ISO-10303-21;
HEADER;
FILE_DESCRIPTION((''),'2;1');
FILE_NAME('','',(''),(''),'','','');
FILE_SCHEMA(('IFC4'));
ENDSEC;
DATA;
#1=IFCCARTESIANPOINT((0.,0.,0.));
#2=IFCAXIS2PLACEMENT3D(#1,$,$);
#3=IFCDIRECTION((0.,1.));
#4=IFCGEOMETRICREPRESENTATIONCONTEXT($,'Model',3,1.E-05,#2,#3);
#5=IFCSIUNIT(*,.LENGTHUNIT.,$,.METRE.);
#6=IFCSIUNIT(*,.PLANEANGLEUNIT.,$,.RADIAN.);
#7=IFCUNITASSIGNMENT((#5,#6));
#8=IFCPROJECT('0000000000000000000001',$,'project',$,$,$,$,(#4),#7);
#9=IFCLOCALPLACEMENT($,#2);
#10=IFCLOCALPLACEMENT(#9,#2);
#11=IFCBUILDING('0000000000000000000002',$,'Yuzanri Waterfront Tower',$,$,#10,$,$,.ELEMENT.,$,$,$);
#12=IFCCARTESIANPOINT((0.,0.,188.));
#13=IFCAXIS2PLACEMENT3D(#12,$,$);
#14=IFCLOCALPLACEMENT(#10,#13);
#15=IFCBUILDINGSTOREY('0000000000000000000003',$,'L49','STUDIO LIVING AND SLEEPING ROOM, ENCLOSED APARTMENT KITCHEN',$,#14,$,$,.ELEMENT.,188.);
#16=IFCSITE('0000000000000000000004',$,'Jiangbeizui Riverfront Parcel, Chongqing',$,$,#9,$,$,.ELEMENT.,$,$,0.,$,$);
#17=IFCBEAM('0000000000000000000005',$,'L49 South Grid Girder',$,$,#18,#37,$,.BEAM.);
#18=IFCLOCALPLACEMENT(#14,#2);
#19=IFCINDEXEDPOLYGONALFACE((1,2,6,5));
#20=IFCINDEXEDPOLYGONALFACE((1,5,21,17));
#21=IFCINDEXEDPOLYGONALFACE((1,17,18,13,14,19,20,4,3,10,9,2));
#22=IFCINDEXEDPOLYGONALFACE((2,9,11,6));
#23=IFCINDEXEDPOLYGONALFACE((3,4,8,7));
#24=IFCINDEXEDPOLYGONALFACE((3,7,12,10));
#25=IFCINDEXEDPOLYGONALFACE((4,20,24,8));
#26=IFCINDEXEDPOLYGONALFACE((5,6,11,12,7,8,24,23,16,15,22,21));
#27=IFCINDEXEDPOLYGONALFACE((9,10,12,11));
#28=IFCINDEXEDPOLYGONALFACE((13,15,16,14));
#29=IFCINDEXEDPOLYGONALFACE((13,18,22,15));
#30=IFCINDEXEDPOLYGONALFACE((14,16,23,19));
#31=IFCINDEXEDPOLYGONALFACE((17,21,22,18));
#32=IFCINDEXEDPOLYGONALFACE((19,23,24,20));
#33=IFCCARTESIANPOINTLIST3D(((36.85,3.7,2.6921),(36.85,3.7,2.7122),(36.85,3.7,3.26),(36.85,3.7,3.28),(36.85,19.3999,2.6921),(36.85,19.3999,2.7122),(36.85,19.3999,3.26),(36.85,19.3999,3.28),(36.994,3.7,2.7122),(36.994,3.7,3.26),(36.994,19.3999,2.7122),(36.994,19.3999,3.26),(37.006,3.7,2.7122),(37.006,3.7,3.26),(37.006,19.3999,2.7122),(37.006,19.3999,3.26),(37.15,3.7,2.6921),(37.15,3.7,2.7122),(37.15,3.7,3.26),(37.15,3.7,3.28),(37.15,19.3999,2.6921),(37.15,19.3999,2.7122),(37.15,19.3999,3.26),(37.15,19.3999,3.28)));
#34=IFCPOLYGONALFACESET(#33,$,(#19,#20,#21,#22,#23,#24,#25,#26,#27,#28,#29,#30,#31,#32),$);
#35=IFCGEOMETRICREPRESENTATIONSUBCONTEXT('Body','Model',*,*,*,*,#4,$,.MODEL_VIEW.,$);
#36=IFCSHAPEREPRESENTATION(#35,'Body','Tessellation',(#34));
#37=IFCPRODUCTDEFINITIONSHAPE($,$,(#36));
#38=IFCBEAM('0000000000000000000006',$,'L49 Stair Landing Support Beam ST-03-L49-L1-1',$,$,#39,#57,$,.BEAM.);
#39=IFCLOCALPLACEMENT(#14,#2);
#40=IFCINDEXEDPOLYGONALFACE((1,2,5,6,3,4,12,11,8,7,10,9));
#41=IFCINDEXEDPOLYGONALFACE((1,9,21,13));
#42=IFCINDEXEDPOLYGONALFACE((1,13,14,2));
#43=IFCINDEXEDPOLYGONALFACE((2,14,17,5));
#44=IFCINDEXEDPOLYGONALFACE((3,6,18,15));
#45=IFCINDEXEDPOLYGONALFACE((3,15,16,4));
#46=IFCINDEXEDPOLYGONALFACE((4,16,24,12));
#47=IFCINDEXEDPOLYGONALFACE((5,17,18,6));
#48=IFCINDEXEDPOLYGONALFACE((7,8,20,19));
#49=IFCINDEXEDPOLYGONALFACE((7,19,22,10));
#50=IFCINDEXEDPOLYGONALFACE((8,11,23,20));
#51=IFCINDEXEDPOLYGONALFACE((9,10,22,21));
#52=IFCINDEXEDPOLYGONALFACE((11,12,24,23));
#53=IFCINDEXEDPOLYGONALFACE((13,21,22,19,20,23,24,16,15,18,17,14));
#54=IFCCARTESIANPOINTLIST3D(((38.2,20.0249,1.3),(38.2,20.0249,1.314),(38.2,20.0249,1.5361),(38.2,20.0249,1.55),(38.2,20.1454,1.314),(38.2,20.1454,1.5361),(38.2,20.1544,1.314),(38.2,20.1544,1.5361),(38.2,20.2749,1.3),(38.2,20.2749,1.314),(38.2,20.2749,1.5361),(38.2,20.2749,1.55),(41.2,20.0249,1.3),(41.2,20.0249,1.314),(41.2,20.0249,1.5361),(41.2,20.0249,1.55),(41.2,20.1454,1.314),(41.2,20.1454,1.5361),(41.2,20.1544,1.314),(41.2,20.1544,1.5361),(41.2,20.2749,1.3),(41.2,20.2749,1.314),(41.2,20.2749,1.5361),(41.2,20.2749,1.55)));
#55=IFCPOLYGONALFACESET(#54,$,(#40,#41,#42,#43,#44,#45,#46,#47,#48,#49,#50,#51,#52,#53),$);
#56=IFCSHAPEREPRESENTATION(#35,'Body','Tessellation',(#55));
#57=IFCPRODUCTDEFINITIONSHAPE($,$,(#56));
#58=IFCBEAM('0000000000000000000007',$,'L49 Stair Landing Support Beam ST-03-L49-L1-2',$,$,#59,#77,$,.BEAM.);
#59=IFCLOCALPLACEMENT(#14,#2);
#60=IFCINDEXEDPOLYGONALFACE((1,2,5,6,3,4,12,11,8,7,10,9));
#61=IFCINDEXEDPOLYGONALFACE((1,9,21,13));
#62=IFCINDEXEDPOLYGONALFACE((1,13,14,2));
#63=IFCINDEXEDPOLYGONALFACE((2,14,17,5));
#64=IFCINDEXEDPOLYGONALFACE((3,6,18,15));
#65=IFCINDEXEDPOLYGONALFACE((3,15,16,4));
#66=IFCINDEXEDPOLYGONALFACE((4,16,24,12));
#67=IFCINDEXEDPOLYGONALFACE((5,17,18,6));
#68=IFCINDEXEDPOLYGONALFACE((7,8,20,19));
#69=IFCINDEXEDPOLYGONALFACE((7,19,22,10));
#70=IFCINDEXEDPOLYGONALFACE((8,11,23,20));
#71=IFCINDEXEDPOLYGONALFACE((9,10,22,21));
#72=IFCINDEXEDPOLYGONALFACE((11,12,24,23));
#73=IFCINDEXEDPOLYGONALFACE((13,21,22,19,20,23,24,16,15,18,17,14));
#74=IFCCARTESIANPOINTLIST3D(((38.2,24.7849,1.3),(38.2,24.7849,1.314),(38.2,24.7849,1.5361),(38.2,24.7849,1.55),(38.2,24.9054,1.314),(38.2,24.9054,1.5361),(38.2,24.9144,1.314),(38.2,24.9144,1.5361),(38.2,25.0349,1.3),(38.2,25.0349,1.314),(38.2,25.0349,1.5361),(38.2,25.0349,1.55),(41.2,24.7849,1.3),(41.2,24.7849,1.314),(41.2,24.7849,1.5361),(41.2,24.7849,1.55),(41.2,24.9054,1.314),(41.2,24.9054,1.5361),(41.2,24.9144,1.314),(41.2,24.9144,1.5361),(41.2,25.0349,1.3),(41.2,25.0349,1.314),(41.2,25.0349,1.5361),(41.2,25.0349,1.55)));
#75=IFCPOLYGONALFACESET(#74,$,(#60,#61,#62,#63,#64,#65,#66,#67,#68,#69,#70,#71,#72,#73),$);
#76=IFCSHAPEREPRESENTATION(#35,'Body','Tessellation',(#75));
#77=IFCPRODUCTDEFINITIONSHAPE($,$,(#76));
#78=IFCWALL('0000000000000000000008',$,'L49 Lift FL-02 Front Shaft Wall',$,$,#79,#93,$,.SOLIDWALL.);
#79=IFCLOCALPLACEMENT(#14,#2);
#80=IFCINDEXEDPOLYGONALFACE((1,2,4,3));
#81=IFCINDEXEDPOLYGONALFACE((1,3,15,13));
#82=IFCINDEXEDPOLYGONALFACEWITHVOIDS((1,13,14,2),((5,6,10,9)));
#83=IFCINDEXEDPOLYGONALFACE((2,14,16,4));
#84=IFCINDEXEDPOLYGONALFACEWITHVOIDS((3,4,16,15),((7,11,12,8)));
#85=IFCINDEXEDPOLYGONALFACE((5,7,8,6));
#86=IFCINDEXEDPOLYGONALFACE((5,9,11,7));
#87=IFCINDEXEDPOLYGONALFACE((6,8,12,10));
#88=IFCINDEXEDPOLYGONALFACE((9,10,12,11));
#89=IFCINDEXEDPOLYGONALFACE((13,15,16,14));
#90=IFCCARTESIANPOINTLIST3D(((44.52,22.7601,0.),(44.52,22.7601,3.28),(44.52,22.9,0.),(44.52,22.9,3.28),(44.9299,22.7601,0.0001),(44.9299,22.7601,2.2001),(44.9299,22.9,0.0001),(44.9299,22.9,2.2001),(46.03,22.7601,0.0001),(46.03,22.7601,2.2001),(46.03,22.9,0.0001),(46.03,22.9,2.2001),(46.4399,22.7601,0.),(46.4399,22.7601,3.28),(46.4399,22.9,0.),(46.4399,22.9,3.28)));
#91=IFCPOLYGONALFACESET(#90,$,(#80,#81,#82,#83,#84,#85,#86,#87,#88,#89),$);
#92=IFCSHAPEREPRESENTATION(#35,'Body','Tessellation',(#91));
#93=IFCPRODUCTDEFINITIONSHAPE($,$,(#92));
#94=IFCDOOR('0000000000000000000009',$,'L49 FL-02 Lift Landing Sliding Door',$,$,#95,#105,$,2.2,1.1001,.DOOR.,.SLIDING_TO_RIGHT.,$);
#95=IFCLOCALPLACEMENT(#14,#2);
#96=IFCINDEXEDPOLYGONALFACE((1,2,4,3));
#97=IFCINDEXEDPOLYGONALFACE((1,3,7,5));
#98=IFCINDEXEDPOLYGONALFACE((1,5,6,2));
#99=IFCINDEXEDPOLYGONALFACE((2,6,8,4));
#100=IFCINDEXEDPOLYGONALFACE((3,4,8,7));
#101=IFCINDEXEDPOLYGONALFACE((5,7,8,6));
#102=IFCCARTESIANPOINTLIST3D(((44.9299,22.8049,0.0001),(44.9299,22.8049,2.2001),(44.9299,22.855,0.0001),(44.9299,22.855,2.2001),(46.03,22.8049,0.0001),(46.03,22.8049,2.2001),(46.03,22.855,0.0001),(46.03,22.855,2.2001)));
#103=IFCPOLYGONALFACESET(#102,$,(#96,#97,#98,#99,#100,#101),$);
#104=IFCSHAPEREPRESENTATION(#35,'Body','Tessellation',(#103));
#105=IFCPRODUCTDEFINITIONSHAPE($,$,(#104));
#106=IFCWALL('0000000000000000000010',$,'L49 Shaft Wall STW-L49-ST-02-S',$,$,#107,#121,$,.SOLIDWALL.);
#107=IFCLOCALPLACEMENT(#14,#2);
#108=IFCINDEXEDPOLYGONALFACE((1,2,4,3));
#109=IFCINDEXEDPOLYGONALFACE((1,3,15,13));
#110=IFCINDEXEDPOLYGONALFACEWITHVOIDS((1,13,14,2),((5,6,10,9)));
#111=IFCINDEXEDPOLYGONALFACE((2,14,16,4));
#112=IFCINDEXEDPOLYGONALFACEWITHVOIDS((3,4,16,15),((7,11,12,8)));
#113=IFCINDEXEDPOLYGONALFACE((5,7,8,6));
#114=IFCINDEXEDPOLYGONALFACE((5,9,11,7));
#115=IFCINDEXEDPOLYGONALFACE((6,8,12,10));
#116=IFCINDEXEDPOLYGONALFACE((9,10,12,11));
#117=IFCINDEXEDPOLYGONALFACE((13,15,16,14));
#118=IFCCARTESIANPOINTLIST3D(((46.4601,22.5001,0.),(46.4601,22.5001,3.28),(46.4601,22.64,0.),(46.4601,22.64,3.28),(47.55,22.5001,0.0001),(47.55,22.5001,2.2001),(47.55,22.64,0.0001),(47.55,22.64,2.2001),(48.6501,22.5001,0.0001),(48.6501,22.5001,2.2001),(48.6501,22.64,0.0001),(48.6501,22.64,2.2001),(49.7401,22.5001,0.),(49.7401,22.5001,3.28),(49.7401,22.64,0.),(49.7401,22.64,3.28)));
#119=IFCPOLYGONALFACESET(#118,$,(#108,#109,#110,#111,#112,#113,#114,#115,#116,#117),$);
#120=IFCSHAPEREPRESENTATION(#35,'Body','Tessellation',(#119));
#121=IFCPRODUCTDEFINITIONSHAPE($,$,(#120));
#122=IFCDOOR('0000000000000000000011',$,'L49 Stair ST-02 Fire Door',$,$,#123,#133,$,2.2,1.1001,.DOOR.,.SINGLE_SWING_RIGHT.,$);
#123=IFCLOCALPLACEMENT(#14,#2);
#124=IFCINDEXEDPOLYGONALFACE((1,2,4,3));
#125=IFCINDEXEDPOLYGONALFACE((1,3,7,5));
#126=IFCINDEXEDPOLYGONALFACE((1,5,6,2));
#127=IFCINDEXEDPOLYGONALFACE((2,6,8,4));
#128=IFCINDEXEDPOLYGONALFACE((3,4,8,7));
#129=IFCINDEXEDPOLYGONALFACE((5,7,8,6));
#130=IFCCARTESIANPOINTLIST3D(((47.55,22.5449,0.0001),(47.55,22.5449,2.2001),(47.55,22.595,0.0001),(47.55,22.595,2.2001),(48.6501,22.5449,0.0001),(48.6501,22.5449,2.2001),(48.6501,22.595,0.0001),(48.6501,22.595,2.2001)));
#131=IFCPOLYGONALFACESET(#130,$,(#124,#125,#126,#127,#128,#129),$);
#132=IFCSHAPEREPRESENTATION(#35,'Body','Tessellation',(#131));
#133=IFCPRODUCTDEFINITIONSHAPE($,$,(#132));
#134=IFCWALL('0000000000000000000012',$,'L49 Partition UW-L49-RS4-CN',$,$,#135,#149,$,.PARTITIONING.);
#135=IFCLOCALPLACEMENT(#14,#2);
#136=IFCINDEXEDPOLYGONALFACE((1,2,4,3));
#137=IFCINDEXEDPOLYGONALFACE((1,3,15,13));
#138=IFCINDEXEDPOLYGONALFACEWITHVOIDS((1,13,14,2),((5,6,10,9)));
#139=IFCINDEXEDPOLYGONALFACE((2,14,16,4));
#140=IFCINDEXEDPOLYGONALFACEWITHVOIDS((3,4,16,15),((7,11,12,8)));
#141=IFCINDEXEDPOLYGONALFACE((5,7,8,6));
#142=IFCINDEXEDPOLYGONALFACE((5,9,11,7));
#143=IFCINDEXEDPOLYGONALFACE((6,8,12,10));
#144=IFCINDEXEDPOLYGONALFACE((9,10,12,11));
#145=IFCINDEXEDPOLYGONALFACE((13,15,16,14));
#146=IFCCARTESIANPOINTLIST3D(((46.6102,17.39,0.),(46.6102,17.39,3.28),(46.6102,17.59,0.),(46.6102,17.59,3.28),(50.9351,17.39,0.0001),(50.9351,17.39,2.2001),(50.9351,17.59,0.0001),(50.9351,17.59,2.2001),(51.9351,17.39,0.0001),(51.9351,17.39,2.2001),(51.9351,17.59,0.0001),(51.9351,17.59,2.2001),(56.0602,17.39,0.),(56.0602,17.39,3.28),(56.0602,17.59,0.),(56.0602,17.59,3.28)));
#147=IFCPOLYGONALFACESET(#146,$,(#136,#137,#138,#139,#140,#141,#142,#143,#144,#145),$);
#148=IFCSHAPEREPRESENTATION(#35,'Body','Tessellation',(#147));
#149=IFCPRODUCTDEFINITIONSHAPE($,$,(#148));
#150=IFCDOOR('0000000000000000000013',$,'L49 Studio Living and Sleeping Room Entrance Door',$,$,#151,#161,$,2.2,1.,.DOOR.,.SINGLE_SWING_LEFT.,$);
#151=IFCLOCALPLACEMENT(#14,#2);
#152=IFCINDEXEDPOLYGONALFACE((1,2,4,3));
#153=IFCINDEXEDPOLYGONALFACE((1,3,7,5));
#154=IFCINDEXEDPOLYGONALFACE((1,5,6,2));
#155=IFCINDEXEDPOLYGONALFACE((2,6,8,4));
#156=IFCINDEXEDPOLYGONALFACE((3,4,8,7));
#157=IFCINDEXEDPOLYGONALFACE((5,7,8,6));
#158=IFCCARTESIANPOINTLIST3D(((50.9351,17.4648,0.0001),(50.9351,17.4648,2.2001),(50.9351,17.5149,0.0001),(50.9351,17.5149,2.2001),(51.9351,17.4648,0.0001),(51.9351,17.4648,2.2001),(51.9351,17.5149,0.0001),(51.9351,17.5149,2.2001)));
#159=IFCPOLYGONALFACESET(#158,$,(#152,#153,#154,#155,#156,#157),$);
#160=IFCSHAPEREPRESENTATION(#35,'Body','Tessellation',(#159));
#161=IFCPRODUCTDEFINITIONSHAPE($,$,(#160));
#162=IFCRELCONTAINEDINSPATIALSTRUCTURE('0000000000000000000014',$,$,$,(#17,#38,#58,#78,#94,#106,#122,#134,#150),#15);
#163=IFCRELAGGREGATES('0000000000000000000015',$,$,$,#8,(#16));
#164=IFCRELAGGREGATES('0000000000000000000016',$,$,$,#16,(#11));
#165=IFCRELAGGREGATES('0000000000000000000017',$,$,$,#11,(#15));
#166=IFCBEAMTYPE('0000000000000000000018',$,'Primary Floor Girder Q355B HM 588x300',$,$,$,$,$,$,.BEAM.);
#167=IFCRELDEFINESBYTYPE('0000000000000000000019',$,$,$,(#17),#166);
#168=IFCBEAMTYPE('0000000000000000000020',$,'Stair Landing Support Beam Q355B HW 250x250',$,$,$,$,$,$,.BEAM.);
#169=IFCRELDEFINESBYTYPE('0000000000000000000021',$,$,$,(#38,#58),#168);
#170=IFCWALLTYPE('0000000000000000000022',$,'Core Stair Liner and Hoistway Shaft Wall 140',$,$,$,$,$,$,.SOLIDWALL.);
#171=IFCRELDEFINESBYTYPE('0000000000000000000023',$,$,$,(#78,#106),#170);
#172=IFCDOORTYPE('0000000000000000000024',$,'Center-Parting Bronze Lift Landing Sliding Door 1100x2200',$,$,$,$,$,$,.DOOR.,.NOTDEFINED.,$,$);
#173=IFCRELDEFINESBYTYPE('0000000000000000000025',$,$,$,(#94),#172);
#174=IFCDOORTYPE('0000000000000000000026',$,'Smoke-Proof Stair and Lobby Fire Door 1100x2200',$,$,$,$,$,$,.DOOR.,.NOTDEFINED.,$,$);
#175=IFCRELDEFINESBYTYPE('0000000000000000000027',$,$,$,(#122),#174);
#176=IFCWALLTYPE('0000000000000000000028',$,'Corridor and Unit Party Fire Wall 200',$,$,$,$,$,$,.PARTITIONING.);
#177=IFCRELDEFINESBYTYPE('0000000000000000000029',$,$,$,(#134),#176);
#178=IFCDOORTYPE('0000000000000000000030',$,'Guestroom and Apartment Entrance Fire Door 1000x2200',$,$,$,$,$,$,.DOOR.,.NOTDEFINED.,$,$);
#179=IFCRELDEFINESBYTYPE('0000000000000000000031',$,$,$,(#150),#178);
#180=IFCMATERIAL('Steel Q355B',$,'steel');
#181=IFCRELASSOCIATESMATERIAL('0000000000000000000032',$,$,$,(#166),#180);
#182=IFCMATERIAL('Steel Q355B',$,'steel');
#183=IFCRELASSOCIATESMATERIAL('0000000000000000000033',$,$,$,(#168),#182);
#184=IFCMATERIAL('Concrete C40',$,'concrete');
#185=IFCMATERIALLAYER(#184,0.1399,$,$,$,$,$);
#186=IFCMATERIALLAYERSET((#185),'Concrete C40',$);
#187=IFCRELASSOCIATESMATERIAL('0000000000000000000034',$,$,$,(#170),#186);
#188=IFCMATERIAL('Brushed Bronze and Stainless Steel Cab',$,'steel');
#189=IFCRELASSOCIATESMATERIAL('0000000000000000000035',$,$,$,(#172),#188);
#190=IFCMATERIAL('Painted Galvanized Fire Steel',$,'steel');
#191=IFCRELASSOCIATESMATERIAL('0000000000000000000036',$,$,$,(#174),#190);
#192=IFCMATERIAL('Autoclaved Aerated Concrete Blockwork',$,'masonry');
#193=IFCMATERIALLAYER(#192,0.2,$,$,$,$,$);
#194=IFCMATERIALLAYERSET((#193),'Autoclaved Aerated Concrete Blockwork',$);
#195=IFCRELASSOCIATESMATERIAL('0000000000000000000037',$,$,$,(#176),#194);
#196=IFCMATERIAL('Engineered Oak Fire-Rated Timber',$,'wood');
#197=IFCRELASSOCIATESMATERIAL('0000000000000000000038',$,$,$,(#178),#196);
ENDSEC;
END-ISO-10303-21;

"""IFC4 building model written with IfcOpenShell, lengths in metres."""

from ifc_helpers import new_model, si_unit, direction, frame, frame_2d, origin, origin_2d, place, context, subcontext, project, spatial, rectangle, i_section, extrude, source, transform, mapped, material, layer, layer_set, material_profile, profile_set, type_object, element, fill, save


model = new_model("IFC4")

# Units and contexts
model_context = context("Model", 3, precision=1e-05, world=origin(), true_north=direction((0.0, 1.0)))
body_context = subcontext(model_context, "Body", "Model", "MODEL_VIEW")
ifc_project = project(units=[si_unit("LENGTHUNIT", "METRE"), si_unit("PLANEANGLEUNIT", "RADIAN")], contexts=[model_context])

# Site, building, storey
site_placement = place(None, origin())
site = spatial("IfcSite", under=ifc_project, at=site_placement, Name="Jiangbeizui Riverfront Parcel, Chongqing", CompositionType="ELEMENT", RefElevation=0.0)
building_placement = place(site_placement, origin())
building = spatial("IfcBuilding", under=site, at=building_placement, Name="Yuzanri Waterfront Tower", CompositionType="ELEMENT")
storey_placement = place(building_placement, frame((0.0, 0.0, 188.0)))
storey = spatial("IfcBuildingStorey", under=building, at=storey_placement, Name="L49", Description="STUDIO LIVING AND SLEEPING ROOM, ENCLOSED APARTMENT KITCHEN", CompositionType="ELEMENT", Elevation=188.0)

# Beams
ifc_material_1 = material(Name="Steel Q355B", Category="steel")
ifc_material_profile_1 = material_profile(ifc_material_1, i_section(OverallWidth=0.3, OverallDepth=0.5879, WebThickness=0.012, FlangeThickness=0.02, at=origin_2d()), Name="HM 588x300x12x20")
ifc_profile_set_1 = profile_set([ifc_material_profile_1], Name="Steel Q355B")
beam_type_1 = type_object("IfcBeamType", Name="Primary Floor Girder Q355B HM 588x300", PredefinedType="BEAM", material=ifc_profile_set_1)
shared_shape_1 = source(origin(), body_context, "Body", "SweptSolid", [
    extrude(i_section(OverallWidth=0.3, OverallDepth=0.5879, WebThickness=0.012, FlangeThickness=0.02, at=origin_2d()), origin(), (0.0, 0.0, 1.0), 15.7),
])
beam_placement = place(storey_placement, frame((37.0, 19.3999, 2.9861), z_axis=(0.0, -1.0, 0.0), x_axis=(1.0, 0.0, 0.0)))
element("IfcBeam", 1, at=beam_placement, inside=storey, type_object=beam_type_1, Name="L49 South Grid Girder", PredefinedType="BEAM", context=body_context, shape_type="MappedRepresentation", body=[
    mapped(shared_shape_1, transform((0.0, 0.0, 0.0), scale=1.0)),
])
ifc_material_2 = material(Name="Steel Q355B", Category="steel")
ifc_material_profile_2 = material_profile(ifc_material_2, i_section(OverallWidth=0.25, OverallDepth=0.25, WebThickness=0.009, FlangeThickness=0.0139, at=origin_2d()), Name="HW 250x250x9x14")
ifc_profile_set_2 = profile_set([ifc_material_profile_2], Name="Steel Q355B")
beam_type_2 = type_object("IfcBeamType", Name="Stair Landing Support Beam Q355B HW 250x250", PredefinedType="BEAM", material=ifc_profile_set_2)
shared_shape_2 = source(origin(), body_context, "Body", "SweptSolid", [
    extrude(i_section(OverallWidth=0.25, OverallDepth=0.25, WebThickness=0.009, FlangeThickness=0.0139, at=origin_2d()), origin(), (0.0, 0.0, 1.0), 3.0),
])
for number, where, z_axis, x_axis, name in (
    (2, (38.2, 20.1499, 1.425), (1.0, 0.0, 0.0), (0.0, 1.0, 0.0), "L49 Stair Landing Support Beam ST-03-L49-L1-1"),
    (3, (38.2, 24.9099, 1.425), (1.0, 0.0, 0.0), (0.0, 1.0, 0.0), "L49 Stair Landing Support Beam ST-03-L49-L1-2"),
):
    element("IfcBeam", number, at=place(storey_placement, frame(where, z_axis=z_axis, x_axis=x_axis)), inside=storey, type_object=beam_type_2, Name=name, PredefinedType="BEAM", context=body_context, shape_type="MappedRepresentation", body=[
        mapped(shared_shape_2, transform((0.0, 0.0, 0.0), scale=1.0)),
    ])

# Walls, openings, doors
ifc_material_3 = material(Name="Concrete C40", Category="concrete")
ifc_layer_1 = layer(ifc_material_3, 0.1399)
ifc_layer_set_1 = layer_set([ifc_layer_1], Name="Concrete C40")
wall_type_1 = type_object("IfcWallType", Name="Core Stair Liner and Hoistway Shaft Wall 140", PredefinedType="SOLIDWALL", material=ifc_layer_set_1)
wall_1_placement = place(storey_placement, frame((44.52, 22.8301, 0.0), z_axis=(0.0, 0.0, 1.0), x_axis=(1.0, 0.0, 0.0)))
wall_1 = element("IfcWall", 4, at=wall_1_placement, inside=storey, type_object=wall_type_1, Name="L49 Lift FL-02 Front Shaft Wall", PredefinedType="SOLIDWALL", context=body_context, shape_type="SweptSolid", body=[
    extrude(rectangle(XDim=1.9199, YDim=0.1399, at=frame_2d((0.96, 0.0))), origin(), (0.0, 0.0, 1.0), 3.28),
])
opening_1_placement = place(wall_1_placement, frame((0.4099, 0.0, 0.0)))
opening_1 = element("IfcOpeningElement", 5, at=opening_1_placement, cuts=wall_1, PredefinedType="OPENING", context=body_context, shape_type="SweptSolid", body=[
    extrude(rectangle(XDim=1.1001, YDim=2.2, at=frame_2d((0.55, 1.1001))), frame((0.0, 0.085, 0.0), z_axis=(0.0, -1.0, 0.0), x_axis=(1.0, 0.0, 0.0)), (0.0, 0.0, 1.0), 0.1697),
])
ifc_material_4 = material(Name="Brushed Bronze and Stainless Steel Cab", Category="steel")
door_type_1 = type_object("IfcDoorType", Name="Center-Parting Bronze Lift Landing Sliding Door 1100x2200", OperationType="NOTDEFINED", PredefinedType="DOOR", material=ifc_material_4)
shared_shape_3 = source(origin(), body_context, "Body", "SweptSolid", [
    extrude(rectangle(XDim=1.1001, YDim=2.2, at=frame_2d((0.55, 1.1001))), frame((0.0, 0.0249, 0.0), z_axis=(0.0, -1.0, 0.0), x_axis=(1.0, 0.0, 0.0)), (0.0, 0.0, 1.0), 0.05),
])
door_1_placement = place(opening_1_placement, origin())
door_1 = element("IfcDoor", 6, at=door_1_placement, inside=storey, type_object=door_type_1, Name="L49 FL-02 Lift Landing Sliding Door", OperationType="SLIDING_TO_RIGHT", OverallHeight=2.2, OverallWidth=1.1001, PredefinedType="DOOR", context=body_context, shape_type="MappedRepresentation", body=[
    mapped(shared_shape_3, transform((0.0, 0.0, 0.0), scale=1.0)),
])
fill(opening_1, door_1)
wall_2_placement = place(storey_placement, frame((46.46, 22.5701, 0.0), z_axis=(0.0, 0.0, 1.0), x_axis=(1.0, 0.0, 0.0)))
wall_2 = element("IfcWall", 7, at=wall_2_placement, inside=storey, type_object=wall_type_1, Name="L49 Shaft Wall STW-L49-ST-02-S", PredefinedType="SOLIDWALL", context=body_context, shape_type="SweptSolid", body=[
    extrude(rectangle(XDim=3.28, YDim=0.1399, at=frame_2d((1.6401, 0.0))), origin(), (0.0, 0.0, 1.0), 3.28),
])
opening_2_placement = place(wall_2_placement, frame((1.0901, 0.0, 0.0)))
opening_2 = element("IfcOpeningElement", 8, at=opening_2_placement, cuts=wall_2, PredefinedType="OPENING", context=body_context, shape_type="SweptSolid", body=[
    extrude(rectangle(XDim=1.1001, YDim=2.2, at=frame_2d((0.55, 1.1001))), frame((0.0, 0.085, 0.0), z_axis=(0.0, -1.0, 0.0), x_axis=(1.0, 0.0, 0.0)), (0.0, 0.0, 1.0), 0.1697),
])
ifc_material_5 = material(Name="Painted Galvanized Fire Steel", Category="steel")
door_type_2 = type_object("IfcDoorType", Name="Smoke-Proof Stair and Lobby Fire Door 1100x2200", OperationType="NOTDEFINED", PredefinedType="DOOR", material=ifc_material_5)
shared_shape_4 = source(origin(), body_context, "Body", "SweptSolid", [
    extrude(rectangle(XDim=1.1001, YDim=2.2, at=frame_2d((0.55, 1.1001))), frame((0.0, 0.0249, 0.0), z_axis=(0.0, -1.0, 0.0), x_axis=(1.0, 0.0, 0.0)), (0.0, 0.0, 1.0), 0.05),
])
door_2_placement = place(opening_2_placement, origin())
door_2 = element("IfcDoor", 9, at=door_2_placement, inside=storey, type_object=door_type_2, Name="L49 Stair ST-02 Fire Door", OperationType="SINGLE_SWING_RIGHT", OverallHeight=2.2, OverallWidth=1.1001, PredefinedType="DOOR", context=body_context, shape_type="MappedRepresentation", body=[
    mapped(shared_shape_4, transform((0.0, 0.0, 0.0), scale=1.0)),
])
fill(opening_2, door_2)
ifc_material_6 = material(Name="Autoclaved Aerated Concrete Blockwork", Category="masonry")
ifc_layer_2 = layer(ifc_material_6, 0.2)
ifc_layer_set_2 = layer_set([ifc_layer_2], Name="Autoclaved Aerated Concrete Blockwork")
wall_type_2 = type_object("IfcWallType", Name="Corridor and Unit Party Fire Wall 200", PredefinedType="PARTITIONING", material=ifc_layer_set_2)
wall_3_placement = place(storey_placement, frame((46.6101, 17.49, 0.0), z_axis=(0.0, 0.0, 1.0), x_axis=(1.0, 0.0, 0.0)))
wall_3 = element("IfcWall", 10, at=wall_3_placement, inside=storey, type_object=wall_type_2, Name="L49 Partition UW-L49-RS4-CN", PredefinedType="PARTITIONING", context=body_context, shape_type="SweptSolid", body=[
    extrude(rectangle(XDim=9.45, YDim=0.2, at=frame_2d((4.7251, 0.0))), origin(), (0.0, 0.0, 1.0), 3.28),
])
opening_3_placement = place(wall_3_placement, frame((4.325, 0.0, 0.0)))
opening_3 = element("IfcOpeningElement", 11, at=opening_3_placement, cuts=wall_3, PredefinedType="OPENING", context=body_context, shape_type="SweptSolid", body=[
    extrude(rectangle(XDim=1.0, YDim=2.2, at=frame_2d((0.5, 1.1001))), frame((0.0, 0.1147, 0.0), z_axis=(0.0, -1.0, 0.0), x_axis=(1.0, 0.0, 0.0)), (0.0, 0.0, 1.0), 0.2297),
])
ifc_material_7 = material(Name="Engineered Oak Fire-Rated Timber", Category="wood")
door_type_3 = type_object("IfcDoorType", Name="Guestroom and Apartment Entrance Fire Door 1000x2200", OperationType="NOTDEFINED", PredefinedType="DOOR", material=ifc_material_7)
shared_shape_5 = source(origin(), body_context, "Body", "SweptSolid", [
    extrude(rectangle(XDim=1.0, YDim=2.2, at=frame_2d((0.5, 1.1001))), frame((0.0, 0.0249, 0.0), z_axis=(0.0, -1.0, 0.0), x_axis=(1.0, 0.0, 0.0)), (0.0, 0.0, 1.0), 0.05),
])
door_3_placement = place(opening_3_placement, origin())
door_3 = element("IfcDoor", 12, at=door_3_placement, inside=storey, type_object=door_type_3, Name="L49 Studio Living and Sleeping Room Entrance Door", OperationType="SINGLE_SWING_LEFT", OverallHeight=2.2, OverallWidth=1.0, PredefinedType="DOOR", context=body_context, shape_type="MappedRepresentation", body=[
    mapped(shared_shape_5, transform((0.0, 0.0, 0.0), scale=1.0)),
])
fill(opening_3, door_3)

save(model, "model.ifc")
